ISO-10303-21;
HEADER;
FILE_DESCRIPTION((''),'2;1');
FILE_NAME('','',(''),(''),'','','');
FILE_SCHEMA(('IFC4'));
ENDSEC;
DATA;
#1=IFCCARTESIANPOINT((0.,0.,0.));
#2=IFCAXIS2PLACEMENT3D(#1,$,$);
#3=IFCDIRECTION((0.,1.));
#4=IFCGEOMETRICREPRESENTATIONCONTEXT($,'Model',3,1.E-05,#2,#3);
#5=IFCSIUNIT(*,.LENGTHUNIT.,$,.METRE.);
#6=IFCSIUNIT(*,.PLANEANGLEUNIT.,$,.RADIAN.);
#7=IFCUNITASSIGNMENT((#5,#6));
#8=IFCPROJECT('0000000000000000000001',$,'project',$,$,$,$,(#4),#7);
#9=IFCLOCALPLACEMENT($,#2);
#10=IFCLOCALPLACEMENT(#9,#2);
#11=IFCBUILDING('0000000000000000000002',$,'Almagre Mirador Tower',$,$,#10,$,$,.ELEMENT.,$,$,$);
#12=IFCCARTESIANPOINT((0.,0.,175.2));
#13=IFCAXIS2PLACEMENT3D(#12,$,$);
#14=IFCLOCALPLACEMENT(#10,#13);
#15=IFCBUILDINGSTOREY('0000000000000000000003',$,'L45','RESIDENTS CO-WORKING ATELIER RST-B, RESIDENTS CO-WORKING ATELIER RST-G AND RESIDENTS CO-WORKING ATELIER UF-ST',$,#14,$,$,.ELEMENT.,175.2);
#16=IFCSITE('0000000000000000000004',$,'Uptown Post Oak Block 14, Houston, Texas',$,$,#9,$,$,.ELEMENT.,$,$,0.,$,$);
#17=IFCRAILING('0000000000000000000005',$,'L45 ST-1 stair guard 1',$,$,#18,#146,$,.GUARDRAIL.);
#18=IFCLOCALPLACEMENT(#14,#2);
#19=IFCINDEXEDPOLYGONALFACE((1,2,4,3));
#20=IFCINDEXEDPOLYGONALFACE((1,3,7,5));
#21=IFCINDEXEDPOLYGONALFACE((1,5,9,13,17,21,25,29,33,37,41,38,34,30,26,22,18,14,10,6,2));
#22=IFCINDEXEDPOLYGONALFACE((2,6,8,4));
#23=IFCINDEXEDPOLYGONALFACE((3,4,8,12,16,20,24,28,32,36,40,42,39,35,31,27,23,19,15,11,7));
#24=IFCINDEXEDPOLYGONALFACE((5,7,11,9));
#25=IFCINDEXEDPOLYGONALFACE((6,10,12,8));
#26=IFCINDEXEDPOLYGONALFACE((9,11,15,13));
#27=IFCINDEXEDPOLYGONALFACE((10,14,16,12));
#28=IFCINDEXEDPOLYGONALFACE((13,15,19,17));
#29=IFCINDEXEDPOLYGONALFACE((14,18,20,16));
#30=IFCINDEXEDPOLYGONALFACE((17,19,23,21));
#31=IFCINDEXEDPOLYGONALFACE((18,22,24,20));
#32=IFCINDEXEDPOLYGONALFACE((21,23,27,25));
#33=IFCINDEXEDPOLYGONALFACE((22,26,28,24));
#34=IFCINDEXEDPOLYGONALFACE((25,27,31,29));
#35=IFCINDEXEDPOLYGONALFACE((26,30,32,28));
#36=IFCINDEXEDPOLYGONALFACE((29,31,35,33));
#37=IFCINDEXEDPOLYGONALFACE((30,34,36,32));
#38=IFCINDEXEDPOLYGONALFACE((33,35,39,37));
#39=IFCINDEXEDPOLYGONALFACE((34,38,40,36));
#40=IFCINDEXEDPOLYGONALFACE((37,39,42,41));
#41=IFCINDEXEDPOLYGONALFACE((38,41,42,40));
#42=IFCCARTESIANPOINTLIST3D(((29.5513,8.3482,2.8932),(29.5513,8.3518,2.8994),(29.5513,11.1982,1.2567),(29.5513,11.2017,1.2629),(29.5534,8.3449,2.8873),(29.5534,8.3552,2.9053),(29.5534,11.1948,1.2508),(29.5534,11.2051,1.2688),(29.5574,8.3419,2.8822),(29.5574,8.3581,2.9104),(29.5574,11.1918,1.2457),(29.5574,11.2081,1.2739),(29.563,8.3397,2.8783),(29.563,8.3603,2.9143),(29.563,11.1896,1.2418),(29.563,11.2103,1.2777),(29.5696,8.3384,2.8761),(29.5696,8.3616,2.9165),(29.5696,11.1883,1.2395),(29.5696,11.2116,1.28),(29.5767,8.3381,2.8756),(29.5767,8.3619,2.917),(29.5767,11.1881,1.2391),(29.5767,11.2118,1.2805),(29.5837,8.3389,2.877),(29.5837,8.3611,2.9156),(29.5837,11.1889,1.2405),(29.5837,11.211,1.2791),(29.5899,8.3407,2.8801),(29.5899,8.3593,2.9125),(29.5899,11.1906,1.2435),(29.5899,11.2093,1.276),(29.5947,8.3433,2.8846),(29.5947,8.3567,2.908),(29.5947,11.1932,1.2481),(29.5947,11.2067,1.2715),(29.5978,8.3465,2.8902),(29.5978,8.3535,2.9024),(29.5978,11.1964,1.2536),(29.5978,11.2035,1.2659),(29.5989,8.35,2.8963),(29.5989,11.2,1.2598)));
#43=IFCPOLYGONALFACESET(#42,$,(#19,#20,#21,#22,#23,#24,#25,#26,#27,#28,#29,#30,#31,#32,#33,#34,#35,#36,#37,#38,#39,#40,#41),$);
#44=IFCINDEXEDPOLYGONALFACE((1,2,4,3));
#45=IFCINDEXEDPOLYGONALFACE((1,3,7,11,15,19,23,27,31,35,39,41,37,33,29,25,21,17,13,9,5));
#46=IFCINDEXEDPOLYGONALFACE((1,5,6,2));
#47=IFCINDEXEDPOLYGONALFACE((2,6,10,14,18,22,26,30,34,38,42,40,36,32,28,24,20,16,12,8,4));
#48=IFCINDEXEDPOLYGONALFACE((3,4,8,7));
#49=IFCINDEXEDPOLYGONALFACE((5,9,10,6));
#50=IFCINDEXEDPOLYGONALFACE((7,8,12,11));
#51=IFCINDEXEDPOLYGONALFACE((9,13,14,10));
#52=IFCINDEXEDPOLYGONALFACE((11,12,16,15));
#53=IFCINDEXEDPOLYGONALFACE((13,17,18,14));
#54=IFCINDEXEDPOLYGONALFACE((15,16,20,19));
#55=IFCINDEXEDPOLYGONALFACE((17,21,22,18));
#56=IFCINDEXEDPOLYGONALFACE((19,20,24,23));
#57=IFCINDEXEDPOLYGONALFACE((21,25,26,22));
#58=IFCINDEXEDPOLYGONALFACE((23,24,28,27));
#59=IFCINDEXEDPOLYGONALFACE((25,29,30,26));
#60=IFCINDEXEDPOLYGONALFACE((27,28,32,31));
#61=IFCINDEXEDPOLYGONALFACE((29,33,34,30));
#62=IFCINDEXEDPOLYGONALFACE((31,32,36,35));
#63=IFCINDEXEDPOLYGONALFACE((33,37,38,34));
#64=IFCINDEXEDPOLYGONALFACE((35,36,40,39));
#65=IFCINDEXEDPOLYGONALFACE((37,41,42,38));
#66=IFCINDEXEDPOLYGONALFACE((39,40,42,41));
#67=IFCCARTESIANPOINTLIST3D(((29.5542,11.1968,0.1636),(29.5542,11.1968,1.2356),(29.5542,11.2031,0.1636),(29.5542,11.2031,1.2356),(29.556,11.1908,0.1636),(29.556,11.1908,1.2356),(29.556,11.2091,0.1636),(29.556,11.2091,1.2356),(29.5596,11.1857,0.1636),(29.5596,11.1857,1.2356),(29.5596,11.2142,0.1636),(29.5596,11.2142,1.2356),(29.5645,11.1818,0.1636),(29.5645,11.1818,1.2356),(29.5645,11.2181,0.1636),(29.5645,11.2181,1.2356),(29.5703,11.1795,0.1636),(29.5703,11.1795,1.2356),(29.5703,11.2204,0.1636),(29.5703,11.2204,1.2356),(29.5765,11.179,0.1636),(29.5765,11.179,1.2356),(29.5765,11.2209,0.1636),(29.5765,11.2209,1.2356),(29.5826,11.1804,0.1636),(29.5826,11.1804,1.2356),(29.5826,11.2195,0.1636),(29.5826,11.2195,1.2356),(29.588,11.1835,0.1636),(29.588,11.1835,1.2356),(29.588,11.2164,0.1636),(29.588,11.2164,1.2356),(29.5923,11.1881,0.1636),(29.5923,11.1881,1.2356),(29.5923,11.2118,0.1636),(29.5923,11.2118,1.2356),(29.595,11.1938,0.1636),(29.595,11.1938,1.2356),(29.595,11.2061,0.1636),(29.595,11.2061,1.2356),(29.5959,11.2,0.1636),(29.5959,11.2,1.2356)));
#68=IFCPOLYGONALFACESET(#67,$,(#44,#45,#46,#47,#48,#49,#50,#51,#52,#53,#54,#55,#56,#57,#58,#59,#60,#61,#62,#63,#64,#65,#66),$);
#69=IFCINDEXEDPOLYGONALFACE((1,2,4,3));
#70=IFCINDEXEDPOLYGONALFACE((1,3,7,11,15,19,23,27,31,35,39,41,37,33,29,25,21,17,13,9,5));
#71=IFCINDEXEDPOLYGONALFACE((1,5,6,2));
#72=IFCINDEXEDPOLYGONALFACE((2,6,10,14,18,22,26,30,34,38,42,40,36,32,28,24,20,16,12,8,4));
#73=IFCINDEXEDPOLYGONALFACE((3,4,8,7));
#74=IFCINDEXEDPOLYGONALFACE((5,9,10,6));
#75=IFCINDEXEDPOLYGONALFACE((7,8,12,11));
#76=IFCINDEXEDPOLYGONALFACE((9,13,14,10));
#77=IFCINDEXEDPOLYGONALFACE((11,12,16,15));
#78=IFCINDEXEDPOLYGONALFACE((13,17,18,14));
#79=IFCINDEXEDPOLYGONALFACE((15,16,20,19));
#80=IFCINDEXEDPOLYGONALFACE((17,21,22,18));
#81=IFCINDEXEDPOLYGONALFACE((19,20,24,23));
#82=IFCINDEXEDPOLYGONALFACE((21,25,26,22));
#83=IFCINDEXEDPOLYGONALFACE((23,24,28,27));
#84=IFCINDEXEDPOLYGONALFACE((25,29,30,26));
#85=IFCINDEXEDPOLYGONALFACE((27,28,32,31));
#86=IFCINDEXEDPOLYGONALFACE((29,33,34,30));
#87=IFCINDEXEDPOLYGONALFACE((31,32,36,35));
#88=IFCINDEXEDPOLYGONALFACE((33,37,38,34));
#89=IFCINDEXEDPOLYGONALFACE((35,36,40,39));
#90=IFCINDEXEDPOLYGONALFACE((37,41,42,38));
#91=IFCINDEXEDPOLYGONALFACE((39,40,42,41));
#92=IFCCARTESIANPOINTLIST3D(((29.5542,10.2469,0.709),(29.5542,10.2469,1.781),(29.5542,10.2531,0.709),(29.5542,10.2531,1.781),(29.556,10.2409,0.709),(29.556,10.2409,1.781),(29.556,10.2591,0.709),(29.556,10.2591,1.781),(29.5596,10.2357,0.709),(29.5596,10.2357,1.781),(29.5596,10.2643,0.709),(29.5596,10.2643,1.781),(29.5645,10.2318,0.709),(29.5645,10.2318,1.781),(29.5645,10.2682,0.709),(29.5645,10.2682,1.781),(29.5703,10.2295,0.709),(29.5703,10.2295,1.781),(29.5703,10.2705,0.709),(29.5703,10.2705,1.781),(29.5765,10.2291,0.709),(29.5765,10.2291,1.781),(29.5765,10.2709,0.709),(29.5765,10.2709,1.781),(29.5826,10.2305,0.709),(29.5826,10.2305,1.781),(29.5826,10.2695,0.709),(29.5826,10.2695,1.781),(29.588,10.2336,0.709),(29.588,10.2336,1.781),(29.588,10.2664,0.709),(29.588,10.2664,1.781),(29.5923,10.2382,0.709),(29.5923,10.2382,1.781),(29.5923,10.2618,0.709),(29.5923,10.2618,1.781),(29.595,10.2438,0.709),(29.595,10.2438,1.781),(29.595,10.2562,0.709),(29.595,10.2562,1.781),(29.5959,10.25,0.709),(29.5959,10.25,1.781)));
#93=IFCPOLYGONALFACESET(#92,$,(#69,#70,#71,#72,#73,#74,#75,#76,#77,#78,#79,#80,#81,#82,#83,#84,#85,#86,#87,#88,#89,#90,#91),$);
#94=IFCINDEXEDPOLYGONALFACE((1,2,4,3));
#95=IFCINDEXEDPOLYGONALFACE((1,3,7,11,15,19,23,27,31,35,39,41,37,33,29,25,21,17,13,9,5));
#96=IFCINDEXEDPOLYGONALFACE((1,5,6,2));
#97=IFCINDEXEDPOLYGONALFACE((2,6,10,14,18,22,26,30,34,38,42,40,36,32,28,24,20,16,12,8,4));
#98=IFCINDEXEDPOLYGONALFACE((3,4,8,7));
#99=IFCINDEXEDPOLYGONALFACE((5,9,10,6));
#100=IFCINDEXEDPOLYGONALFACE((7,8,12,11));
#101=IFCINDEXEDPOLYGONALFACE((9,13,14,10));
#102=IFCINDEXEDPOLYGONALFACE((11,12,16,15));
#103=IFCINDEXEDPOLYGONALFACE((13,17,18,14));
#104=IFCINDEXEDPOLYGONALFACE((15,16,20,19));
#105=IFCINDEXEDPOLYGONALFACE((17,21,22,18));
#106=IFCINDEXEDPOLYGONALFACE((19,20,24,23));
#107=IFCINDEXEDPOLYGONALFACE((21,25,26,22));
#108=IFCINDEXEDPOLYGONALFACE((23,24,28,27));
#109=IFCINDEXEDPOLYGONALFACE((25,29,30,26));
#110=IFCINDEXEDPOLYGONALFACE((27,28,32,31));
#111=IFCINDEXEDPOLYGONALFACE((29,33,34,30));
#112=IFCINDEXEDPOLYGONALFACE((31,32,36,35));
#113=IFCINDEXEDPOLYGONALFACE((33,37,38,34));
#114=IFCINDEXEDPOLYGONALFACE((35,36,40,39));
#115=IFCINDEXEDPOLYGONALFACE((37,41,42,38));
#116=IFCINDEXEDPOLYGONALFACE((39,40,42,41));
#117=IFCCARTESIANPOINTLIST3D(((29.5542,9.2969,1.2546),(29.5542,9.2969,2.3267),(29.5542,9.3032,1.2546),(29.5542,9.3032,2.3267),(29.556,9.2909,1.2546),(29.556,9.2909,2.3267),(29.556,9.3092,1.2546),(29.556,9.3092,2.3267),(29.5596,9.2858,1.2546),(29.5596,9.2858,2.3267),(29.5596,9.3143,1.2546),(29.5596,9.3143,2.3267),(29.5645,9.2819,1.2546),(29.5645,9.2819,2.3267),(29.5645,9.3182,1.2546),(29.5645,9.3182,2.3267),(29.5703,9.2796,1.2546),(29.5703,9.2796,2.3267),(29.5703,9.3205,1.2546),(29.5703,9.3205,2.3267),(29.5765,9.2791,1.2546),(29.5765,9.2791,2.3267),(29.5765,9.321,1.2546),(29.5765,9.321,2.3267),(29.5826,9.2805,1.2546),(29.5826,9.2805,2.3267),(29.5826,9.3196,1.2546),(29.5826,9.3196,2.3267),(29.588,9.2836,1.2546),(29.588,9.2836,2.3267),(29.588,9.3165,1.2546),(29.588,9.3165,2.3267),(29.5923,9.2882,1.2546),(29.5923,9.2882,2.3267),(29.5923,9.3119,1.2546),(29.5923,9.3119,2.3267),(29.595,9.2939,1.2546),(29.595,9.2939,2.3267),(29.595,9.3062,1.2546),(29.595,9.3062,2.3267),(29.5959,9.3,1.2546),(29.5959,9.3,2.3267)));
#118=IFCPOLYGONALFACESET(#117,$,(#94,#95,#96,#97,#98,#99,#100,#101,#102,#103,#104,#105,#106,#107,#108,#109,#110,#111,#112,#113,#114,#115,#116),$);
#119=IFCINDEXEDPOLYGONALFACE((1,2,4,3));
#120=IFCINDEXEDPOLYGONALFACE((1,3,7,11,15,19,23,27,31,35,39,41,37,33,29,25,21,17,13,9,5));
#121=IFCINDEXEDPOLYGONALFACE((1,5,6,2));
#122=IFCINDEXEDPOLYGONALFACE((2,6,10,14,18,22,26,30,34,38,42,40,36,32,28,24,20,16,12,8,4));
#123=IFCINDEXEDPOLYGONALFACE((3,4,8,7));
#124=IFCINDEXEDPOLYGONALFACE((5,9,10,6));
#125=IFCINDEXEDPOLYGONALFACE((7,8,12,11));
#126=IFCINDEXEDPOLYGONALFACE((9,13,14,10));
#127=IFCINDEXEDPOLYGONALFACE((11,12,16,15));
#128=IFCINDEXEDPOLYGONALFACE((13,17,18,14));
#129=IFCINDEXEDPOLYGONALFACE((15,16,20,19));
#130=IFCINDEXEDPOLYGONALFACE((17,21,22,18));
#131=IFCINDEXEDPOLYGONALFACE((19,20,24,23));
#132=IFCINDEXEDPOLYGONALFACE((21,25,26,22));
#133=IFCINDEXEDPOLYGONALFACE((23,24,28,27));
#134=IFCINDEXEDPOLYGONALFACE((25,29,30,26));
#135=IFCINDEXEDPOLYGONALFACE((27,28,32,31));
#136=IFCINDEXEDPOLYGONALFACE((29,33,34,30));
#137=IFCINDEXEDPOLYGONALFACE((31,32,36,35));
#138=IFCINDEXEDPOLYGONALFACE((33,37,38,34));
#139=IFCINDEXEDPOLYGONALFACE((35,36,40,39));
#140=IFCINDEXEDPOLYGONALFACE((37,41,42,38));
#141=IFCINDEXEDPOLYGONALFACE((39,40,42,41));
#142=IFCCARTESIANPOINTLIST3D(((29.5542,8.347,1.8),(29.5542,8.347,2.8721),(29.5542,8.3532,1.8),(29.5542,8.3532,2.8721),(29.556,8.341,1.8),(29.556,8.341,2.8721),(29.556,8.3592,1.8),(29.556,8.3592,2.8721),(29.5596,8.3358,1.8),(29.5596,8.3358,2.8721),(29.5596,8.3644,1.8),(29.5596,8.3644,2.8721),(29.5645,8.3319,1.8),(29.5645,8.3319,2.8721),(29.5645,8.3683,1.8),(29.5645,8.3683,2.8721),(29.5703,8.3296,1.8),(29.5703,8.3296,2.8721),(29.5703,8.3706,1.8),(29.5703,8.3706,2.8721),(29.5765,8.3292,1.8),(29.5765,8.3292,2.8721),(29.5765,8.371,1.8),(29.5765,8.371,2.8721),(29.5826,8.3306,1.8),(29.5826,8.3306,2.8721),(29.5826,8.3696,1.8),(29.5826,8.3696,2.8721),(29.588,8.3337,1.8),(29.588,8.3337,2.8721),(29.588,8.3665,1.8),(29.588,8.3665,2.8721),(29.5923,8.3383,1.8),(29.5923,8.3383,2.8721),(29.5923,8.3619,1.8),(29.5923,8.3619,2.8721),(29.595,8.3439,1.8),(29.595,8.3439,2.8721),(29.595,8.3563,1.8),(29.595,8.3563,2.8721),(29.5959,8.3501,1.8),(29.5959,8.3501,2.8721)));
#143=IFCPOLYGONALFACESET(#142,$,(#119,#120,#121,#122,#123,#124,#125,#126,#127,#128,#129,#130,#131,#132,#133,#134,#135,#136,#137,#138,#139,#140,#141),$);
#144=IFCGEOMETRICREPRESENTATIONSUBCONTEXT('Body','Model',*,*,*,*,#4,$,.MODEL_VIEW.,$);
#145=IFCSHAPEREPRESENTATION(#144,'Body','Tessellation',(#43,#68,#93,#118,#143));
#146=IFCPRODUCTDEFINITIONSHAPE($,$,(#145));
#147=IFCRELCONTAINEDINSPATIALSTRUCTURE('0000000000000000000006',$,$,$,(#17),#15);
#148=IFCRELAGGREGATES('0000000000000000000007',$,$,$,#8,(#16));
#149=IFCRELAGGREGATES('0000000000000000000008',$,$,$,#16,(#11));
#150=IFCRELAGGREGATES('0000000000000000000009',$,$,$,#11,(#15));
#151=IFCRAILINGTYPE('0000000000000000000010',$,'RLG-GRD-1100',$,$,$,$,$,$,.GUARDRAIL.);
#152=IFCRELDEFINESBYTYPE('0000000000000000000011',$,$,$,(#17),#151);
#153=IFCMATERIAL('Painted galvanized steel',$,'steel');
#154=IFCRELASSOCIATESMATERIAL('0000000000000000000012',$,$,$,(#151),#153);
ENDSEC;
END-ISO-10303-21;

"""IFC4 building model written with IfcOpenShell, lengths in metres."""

from ifc_helpers import new_model, si_unit, direction, frame, origin, origin_2d, place, context, subcontext, project, spatial, circle, extrude, material, type_object, element, save


model = new_model("IFC4")

# Units and contexts
model_context = context("Model", 3, precision=1e-05, world=origin(), true_north=direction((0.0, 1.0)))
body_context = subcontext(model_context, "Body", "Model", "MODEL_VIEW")
ifc_project = project(units=[si_unit("LENGTHUNIT", "METRE"), si_unit("PLANEANGLEUNIT", "RADIAN")], contexts=[model_context])

# Site, building, storey
site_placement = place(None, origin())
site = spatial("IfcSite", under=ifc_project, at=site_placement, Name="Uptown Post Oak Block 14, Houston, Texas", CompositionType="ELEMENT", RefElevation=0.0)
building_placement = place(site_placement, origin())
building = spatial("IfcBuilding", under=site, at=building_placement, Name="Almagre Mirador Tower", CompositionType="ELEMENT")
storey_placement = place(building_placement, frame((0.0, 0.0, 175.2)))
storey = spatial("IfcBuildingStorey", under=building, at=storey_placement, Name="L45", Description="RESIDENTS CO-WORKING ATELIER RST-B, RESIDENTS CO-WORKING ATELIER RST-G AND RESIDENTS CO-WORKING ATELIER UF-ST", CompositionType="ELEMENT", Elevation=175.2)

# Railing
ifc_material_1 = material(Name="Painted galvanized steel", Category="steel")
railing_type_1 = type_object("IfcRailingType", Name="RLG-GRD-1100", PredefinedType="GUARDRAIL", material=ifc_material_1)
railing_1_placement = place(storey_placement, frame((29.575, 11.2, 0.1636)))
element("IfcRailing", 1, at=railing_1_placement, inside=storey, type_object=railing_type_1, Name="L45 ST-1 stair guard 1", PredefinedType="GUARDRAIL", context=body_context, shape_type="SweptSolid", body=[
    extrude(circle(Radius=0.0239, at=origin_2d()), frame((0.0, 0.0, 1.0962), z_axis=(0.0, -0.867194, 0.49797), x_axis=(1.0, 0.0, 0.0)), (0.0, 0.0, 1.0), 3.2864),
    extrude(circle(Radius=0.021, at=origin_2d()), origin(), (0.0, 0.0, 1.0), 1.072),
    extrude(circle(Radius=0.021, at=origin_2d()), frame((0.0, -0.95, 0.5454)), (0.0, 0.0, 1.0), 1.072),
    extrude(circle(Radius=0.021, at=origin_2d()), frame((0.0, -1.8999, 1.0911)), (0.0, 0.0, 1.0), 1.072),
    extrude(circle(Radius=0.021, at=origin_2d()), frame((0.0, -2.8499, 1.6365)), (0.0, 0.0, 1.0), 1.072),
])

save(model, "model.ifc")
